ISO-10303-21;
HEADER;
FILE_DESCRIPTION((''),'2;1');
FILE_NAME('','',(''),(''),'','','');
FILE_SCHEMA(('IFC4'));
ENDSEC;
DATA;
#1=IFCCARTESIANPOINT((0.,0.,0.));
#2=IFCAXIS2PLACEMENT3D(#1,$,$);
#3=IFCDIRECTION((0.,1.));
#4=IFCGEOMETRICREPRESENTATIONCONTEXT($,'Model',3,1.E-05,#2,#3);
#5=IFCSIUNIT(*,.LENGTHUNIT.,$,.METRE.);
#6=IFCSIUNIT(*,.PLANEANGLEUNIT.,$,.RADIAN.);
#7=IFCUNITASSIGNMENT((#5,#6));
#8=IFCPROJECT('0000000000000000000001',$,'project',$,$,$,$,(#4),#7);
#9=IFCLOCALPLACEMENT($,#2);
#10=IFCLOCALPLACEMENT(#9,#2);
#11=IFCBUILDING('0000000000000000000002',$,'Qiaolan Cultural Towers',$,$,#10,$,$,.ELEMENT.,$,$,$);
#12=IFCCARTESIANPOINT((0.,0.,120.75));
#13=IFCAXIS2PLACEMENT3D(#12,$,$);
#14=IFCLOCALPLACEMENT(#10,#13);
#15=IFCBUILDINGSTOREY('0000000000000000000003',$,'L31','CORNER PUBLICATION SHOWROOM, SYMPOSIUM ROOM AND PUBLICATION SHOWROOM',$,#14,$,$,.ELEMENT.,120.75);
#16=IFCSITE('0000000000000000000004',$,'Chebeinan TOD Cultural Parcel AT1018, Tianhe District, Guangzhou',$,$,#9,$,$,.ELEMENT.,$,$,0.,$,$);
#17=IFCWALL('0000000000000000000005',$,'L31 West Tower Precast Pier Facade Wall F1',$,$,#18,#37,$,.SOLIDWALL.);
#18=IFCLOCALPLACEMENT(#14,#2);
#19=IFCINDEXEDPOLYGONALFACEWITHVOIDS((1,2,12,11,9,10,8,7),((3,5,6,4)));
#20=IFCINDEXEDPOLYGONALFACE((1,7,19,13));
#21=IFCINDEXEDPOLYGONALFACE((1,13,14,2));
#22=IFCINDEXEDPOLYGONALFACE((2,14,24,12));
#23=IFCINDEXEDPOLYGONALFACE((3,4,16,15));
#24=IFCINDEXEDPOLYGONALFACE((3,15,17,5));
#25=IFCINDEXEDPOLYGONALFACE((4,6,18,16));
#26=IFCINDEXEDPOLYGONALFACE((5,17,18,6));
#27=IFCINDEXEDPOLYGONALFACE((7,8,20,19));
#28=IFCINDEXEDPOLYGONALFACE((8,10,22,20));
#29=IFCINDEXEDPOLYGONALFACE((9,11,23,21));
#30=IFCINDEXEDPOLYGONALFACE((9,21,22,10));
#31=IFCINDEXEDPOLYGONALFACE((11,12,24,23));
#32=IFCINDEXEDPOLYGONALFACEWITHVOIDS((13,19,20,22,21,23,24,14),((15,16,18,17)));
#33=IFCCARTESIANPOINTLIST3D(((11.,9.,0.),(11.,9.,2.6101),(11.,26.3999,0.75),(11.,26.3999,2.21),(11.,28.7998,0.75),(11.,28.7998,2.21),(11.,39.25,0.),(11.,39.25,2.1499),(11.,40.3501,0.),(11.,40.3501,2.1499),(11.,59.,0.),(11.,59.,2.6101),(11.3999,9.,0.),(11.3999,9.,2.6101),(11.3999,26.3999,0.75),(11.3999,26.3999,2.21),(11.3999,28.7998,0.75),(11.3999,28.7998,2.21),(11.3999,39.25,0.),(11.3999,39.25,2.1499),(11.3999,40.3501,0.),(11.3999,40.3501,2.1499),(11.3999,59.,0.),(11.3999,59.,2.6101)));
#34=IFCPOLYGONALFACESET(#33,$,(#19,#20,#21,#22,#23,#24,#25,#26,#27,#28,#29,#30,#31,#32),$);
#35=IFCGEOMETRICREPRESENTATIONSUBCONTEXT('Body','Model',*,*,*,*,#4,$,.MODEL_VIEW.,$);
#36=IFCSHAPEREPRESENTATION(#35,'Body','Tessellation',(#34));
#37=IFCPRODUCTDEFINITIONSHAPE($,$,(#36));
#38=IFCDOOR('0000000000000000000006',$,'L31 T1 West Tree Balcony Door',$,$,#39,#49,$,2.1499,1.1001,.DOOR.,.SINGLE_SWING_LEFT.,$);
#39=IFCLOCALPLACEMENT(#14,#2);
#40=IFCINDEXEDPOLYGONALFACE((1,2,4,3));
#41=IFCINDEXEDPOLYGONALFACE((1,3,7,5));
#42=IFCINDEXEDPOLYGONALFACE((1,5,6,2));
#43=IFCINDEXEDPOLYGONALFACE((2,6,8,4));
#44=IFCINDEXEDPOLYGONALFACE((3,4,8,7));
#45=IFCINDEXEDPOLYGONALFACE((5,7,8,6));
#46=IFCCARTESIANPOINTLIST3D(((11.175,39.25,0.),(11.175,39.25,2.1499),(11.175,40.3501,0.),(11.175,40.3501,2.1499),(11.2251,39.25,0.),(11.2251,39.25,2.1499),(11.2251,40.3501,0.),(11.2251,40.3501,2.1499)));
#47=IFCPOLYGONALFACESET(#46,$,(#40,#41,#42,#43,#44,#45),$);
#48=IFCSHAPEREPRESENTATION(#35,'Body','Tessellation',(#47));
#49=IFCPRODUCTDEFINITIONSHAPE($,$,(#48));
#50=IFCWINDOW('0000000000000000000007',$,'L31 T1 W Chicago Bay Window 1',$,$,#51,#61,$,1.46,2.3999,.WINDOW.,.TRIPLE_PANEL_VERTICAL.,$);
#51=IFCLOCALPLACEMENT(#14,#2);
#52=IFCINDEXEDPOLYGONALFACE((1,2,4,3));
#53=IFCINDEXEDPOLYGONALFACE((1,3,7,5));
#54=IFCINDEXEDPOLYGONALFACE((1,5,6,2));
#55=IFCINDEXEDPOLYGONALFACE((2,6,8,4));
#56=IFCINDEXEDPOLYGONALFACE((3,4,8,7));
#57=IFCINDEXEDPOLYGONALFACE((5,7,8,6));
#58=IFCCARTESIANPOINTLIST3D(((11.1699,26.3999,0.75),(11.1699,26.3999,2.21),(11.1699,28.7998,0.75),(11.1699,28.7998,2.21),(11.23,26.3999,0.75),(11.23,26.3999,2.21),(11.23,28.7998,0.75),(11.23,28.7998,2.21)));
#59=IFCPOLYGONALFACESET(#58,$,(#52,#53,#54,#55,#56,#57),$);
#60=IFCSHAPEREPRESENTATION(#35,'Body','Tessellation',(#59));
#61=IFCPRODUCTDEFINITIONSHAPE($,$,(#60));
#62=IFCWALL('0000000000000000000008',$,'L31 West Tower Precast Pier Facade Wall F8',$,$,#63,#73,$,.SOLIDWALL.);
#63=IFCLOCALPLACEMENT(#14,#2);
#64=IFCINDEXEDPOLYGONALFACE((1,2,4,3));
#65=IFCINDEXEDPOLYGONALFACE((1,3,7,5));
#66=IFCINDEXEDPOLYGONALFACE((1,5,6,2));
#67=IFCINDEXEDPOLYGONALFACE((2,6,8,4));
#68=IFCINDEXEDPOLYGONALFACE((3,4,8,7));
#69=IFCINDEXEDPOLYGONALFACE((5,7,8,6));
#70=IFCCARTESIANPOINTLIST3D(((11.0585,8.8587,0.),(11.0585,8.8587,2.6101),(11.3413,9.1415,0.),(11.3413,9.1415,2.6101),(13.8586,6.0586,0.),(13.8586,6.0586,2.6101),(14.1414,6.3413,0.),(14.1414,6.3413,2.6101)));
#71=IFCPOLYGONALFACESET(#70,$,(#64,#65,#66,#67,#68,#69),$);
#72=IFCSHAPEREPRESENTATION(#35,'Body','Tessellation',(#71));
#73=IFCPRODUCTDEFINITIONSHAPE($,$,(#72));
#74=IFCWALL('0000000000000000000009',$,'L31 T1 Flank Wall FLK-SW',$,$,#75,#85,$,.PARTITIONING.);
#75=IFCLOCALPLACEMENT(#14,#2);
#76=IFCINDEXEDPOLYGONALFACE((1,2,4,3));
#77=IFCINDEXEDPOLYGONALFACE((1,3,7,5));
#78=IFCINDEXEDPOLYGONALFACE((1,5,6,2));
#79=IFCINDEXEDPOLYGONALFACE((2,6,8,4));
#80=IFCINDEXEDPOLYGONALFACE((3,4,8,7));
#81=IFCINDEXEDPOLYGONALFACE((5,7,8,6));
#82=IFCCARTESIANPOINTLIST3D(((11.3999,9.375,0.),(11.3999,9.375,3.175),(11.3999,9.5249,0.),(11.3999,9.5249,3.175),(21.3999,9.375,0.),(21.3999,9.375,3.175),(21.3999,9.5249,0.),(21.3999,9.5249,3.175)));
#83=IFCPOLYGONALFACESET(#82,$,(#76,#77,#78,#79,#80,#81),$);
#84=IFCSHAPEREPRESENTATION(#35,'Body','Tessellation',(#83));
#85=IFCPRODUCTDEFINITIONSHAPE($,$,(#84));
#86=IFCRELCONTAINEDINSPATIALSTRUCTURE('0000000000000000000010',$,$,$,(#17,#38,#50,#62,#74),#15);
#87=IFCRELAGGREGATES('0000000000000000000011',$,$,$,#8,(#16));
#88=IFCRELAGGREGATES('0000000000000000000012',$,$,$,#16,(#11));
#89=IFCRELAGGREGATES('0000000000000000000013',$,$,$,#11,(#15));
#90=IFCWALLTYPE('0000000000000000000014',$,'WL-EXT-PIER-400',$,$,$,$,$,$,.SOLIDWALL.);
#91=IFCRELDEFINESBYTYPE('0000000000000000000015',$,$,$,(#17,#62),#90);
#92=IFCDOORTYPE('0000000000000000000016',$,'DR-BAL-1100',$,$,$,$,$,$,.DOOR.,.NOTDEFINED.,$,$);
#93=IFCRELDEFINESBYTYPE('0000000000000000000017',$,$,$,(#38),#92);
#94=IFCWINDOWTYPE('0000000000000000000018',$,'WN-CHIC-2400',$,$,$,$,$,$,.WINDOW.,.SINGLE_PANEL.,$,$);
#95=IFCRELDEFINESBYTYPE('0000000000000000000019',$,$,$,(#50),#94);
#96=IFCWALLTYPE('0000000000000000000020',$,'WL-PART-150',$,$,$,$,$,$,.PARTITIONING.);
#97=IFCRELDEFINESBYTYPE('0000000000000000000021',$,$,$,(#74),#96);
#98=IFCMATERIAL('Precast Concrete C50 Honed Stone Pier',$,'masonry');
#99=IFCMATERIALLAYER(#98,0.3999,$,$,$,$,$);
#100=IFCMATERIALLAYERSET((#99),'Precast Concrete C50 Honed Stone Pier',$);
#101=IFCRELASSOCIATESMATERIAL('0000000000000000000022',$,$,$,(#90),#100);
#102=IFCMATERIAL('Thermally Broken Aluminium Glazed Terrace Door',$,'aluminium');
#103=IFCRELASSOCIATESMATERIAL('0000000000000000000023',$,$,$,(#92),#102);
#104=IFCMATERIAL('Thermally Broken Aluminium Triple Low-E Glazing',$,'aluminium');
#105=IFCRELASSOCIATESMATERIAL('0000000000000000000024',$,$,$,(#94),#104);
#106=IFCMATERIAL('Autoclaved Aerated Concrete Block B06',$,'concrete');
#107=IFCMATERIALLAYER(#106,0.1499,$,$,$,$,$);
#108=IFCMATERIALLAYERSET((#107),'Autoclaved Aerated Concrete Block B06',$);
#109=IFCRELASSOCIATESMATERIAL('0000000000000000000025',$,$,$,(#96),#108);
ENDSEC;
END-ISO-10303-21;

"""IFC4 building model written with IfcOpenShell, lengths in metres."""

from ifc_helpers import new_model, si_unit, direction, frame, frame_2d, origin, place, context, subcontext, project, spatial, rectangle, extrude, material, layer, layer_set, type_object, element, fill, save


model = new_model("IFC4")

# Units and contexts
model_context = context("Model", 3, precision=1e-05, world=origin(), true_north=direction((0.0, 1.0)))
body_context = subcontext(model_context, "Body", "Model", "MODEL_VIEW")
ifc_project = project(units=[si_unit("LENGTHUNIT", "METRE"), si_unit("PLANEANGLEUNIT", "RADIAN")], contexts=[model_context])

# Site, building, storey
site_placement = place(None, origin())
site = spatial("IfcSite", under=ifc_project, at=site_placement, Name="Chebeinan TOD Cultural Parcel AT1018, Tianhe District, Guangzhou", CompositionType="ELEMENT", RefElevation=0.0)
building_placement = place(site_placement, origin())
building = spatial("IfcBuilding", under=site, at=building_placement, Name="Qiaolan Cultural Towers", CompositionType="ELEMENT")
storey_placement = place(building_placement, frame((0.0, 0.0, 120.75)))
storey = spatial("IfcBuildingStorey", under=building, at=storey_placement, Name="L31", Description="CORNER PUBLICATION SHOWROOM, SYMPOSIUM ROOM AND PUBLICATION SHOWROOM", CompositionType="ELEMENT", Elevation=120.75)

# Wall, openings, door, window
ifc_material_1 = material(Name="Precast Concrete C50 Honed Stone Pier", Category="masonry")
ifc_layer_1 = layer(ifc_material_1, 0.3999)
ifc_layer_set_1 = layer_set([ifc_layer_1], Name="Precast Concrete C50 Honed Stone Pier")
wall_type_1 = type_object("IfcWallType", Name="WL-EXT-PIER-400", PredefinedType="SOLIDWALL", material=ifc_layer_set_1)
wall_1_placement = place(storey_placement, frame((11.2, 9.0, 0.0), z_axis=(0.0, 0.0, 1.0), x_axis=(0.0, 1.0, 0.0)))
wall_1 = element("IfcWall", 1, at=wall_1_placement, inside=storey, type_object=wall_type_1, Name="L31 West Tower Precast Pier Facade Wall F1", PredefinedType="SOLIDWALL", context=body_context, shape_type="SweptSolid", body=[
    extrude(rectangle(XDim=50.0, YDim=0.3999, at=frame_2d((25.0, 0.0))), origin(), (0.0, 0.0, 1.0), 2.6101),
])
opening_1_placement = place(wall_1_placement, frame((17.3999, 0.0, 0.75)))
opening_1 = element("IfcOpeningElement", 2, at=opening_1_placement, cuts=wall_1, PredefinedType="OPENING", context=body_context, shape_type="SweptSolid", body=[
    extrude(rectangle(XDim=2.3999, YDim=1.46, at=frame_2d((1.2, 0.73))), frame((0.0, 0.21, 0.0), z_axis=(0.0, -1.0, 0.0), x_axis=(1.0, 0.0, 0.0)), (0.0, 0.0, 1.0), 0.4199),
])
opening_2_placement = place(wall_1_placement, frame((30.25, 0.0, 0.0)))
opening_2 = element("IfcOpeningElement", 3, at=opening_2_placement, cuts=wall_1, PredefinedType="OPENING", context=body_context, shape_type="SweptSolid", body=[
    extrude(rectangle(XDim=1.1001, YDim=2.1499, at=frame_2d((0.55, 1.075))), frame((0.0, 0.21, 0.0), z_axis=(0.0, -1.0, 0.0), x_axis=(1.0, 0.0, 0.0)), (0.0, 0.0, 1.0), 0.4199),
])
ifc_material_2 = material(Name="Thermally Broken Aluminium Glazed Terrace Door", Category="aluminium")
door_type = type_object("IfcDoorType", Name="DR-BAL-1100", OperationType="NOTDEFINED", PredefinedType="DOOR", material=ifc_material_2)
door_placement = place(opening_2_placement, origin())
door = element("IfcDoor", 4, at=door_placement, inside=storey, type_object=door_type, Name="L31 T1 West Tree Balcony Door", OperationType="SINGLE_SWING_LEFT", OverallHeight=2.1499, OverallWidth=1.1001, PredefinedType="DOOR", context=body_context, shape_type="SweptSolid", body=[
    extrude(rectangle(XDim=1.1001, YDim=2.1499, at=frame_2d((0.55, 1.075))), frame((0.0, 0.0249, 0.0), z_axis=(0.0, -1.0, 0.0), x_axis=(1.0, 0.0, 0.0)), (0.0, 0.0, 1.0), 0.05),
])
fill(opening_2, door)
ifc_material_3 = material(Name="Thermally Broken Aluminium Triple Low-E Glazing", Category="aluminium")
window_type = type_object("IfcWindowType", Name="WN-CHIC-2400", PartitioningType="SINGLE_PANEL", PredefinedType="WINDOW", material=ifc_material_3)
window_placement = place(opening_1_placement, origin())
window = element("IfcWindow", 5, at=window_placement, inside=storey, type_object=window_type, Name="L31 T1 W Chicago Bay Window 1", OverallHeight=1.46, OverallWidth=2.3999, PartitioningType="TRIPLE_PANEL_VERTICAL", PredefinedType="WINDOW", context=body_context, shape_type="SweptSolid", body=[
    extrude(rectangle(XDim=2.3999, YDim=1.46, at=frame_2d((1.2, 0.73))), frame((0.0, 0.03, 0.0), z_axis=(0.0, -1.0, 0.0), x_axis=(1.0, 0.0, 0.0)), (0.0, 0.0, 1.0), 0.0601),
])
fill(opening_1, window)

# Walls
wall_2_placement = place(storey_placement, frame((14.0, 6.2, 0.0), z_axis=(0.0, 0.0, 1.0), x_axis=(-0.707107, 0.707107, 0.0)))
element("IfcWall", 6, at=wall_2_placement, inside=storey, type_object=wall_type_1, Name="L31 West Tower Precast Pier Facade Wall F8", PredefinedType="SOLIDWALL", context=body_context, shape_type="SweptSolid", body=[
    extrude(rectangle(XDim=3.96, YDim=0.3999, at=frame_2d((1.98, 0.0))), origin(), (0.0, 0.0, 1.0), 2.6101),
])
ifc_material_4 = material(Name="Autoclaved Aerated Concrete Block B06", Category="concrete")
ifc_layer_2 = layer(ifc_material_4, 0.1499)
ifc_layer_set_2 = layer_set([ifc_layer_2], Name="Autoclaved Aerated Concrete Block B06")
wall_type_2 = type_object("IfcWallType", Name="WL-PART-150", PredefinedType="PARTITIONING", material=ifc_layer_set_2)
wall_3_placement = place(storey_placement, frame((11.3999, 9.45, 0.0), z_axis=(0.0, 0.0, 1.0), x_axis=(1.0, 0.0, 0.0)))
element("IfcWall", 7, at=wall_3_placement, inside=storey, type_object=wall_type_2, Name="L31 T1 Flank Wall FLK-SW", PredefinedType="PARTITIONING", context=body_context, shape_type="SweptSolid", body=[
    extrude(rectangle(XDim=10.0, YDim=0.1499, at=frame_2d((5.0, 0.0))), origin(), (0.0, 0.0, 1.0), 3.175),
])

save(model, "model.ifc")
